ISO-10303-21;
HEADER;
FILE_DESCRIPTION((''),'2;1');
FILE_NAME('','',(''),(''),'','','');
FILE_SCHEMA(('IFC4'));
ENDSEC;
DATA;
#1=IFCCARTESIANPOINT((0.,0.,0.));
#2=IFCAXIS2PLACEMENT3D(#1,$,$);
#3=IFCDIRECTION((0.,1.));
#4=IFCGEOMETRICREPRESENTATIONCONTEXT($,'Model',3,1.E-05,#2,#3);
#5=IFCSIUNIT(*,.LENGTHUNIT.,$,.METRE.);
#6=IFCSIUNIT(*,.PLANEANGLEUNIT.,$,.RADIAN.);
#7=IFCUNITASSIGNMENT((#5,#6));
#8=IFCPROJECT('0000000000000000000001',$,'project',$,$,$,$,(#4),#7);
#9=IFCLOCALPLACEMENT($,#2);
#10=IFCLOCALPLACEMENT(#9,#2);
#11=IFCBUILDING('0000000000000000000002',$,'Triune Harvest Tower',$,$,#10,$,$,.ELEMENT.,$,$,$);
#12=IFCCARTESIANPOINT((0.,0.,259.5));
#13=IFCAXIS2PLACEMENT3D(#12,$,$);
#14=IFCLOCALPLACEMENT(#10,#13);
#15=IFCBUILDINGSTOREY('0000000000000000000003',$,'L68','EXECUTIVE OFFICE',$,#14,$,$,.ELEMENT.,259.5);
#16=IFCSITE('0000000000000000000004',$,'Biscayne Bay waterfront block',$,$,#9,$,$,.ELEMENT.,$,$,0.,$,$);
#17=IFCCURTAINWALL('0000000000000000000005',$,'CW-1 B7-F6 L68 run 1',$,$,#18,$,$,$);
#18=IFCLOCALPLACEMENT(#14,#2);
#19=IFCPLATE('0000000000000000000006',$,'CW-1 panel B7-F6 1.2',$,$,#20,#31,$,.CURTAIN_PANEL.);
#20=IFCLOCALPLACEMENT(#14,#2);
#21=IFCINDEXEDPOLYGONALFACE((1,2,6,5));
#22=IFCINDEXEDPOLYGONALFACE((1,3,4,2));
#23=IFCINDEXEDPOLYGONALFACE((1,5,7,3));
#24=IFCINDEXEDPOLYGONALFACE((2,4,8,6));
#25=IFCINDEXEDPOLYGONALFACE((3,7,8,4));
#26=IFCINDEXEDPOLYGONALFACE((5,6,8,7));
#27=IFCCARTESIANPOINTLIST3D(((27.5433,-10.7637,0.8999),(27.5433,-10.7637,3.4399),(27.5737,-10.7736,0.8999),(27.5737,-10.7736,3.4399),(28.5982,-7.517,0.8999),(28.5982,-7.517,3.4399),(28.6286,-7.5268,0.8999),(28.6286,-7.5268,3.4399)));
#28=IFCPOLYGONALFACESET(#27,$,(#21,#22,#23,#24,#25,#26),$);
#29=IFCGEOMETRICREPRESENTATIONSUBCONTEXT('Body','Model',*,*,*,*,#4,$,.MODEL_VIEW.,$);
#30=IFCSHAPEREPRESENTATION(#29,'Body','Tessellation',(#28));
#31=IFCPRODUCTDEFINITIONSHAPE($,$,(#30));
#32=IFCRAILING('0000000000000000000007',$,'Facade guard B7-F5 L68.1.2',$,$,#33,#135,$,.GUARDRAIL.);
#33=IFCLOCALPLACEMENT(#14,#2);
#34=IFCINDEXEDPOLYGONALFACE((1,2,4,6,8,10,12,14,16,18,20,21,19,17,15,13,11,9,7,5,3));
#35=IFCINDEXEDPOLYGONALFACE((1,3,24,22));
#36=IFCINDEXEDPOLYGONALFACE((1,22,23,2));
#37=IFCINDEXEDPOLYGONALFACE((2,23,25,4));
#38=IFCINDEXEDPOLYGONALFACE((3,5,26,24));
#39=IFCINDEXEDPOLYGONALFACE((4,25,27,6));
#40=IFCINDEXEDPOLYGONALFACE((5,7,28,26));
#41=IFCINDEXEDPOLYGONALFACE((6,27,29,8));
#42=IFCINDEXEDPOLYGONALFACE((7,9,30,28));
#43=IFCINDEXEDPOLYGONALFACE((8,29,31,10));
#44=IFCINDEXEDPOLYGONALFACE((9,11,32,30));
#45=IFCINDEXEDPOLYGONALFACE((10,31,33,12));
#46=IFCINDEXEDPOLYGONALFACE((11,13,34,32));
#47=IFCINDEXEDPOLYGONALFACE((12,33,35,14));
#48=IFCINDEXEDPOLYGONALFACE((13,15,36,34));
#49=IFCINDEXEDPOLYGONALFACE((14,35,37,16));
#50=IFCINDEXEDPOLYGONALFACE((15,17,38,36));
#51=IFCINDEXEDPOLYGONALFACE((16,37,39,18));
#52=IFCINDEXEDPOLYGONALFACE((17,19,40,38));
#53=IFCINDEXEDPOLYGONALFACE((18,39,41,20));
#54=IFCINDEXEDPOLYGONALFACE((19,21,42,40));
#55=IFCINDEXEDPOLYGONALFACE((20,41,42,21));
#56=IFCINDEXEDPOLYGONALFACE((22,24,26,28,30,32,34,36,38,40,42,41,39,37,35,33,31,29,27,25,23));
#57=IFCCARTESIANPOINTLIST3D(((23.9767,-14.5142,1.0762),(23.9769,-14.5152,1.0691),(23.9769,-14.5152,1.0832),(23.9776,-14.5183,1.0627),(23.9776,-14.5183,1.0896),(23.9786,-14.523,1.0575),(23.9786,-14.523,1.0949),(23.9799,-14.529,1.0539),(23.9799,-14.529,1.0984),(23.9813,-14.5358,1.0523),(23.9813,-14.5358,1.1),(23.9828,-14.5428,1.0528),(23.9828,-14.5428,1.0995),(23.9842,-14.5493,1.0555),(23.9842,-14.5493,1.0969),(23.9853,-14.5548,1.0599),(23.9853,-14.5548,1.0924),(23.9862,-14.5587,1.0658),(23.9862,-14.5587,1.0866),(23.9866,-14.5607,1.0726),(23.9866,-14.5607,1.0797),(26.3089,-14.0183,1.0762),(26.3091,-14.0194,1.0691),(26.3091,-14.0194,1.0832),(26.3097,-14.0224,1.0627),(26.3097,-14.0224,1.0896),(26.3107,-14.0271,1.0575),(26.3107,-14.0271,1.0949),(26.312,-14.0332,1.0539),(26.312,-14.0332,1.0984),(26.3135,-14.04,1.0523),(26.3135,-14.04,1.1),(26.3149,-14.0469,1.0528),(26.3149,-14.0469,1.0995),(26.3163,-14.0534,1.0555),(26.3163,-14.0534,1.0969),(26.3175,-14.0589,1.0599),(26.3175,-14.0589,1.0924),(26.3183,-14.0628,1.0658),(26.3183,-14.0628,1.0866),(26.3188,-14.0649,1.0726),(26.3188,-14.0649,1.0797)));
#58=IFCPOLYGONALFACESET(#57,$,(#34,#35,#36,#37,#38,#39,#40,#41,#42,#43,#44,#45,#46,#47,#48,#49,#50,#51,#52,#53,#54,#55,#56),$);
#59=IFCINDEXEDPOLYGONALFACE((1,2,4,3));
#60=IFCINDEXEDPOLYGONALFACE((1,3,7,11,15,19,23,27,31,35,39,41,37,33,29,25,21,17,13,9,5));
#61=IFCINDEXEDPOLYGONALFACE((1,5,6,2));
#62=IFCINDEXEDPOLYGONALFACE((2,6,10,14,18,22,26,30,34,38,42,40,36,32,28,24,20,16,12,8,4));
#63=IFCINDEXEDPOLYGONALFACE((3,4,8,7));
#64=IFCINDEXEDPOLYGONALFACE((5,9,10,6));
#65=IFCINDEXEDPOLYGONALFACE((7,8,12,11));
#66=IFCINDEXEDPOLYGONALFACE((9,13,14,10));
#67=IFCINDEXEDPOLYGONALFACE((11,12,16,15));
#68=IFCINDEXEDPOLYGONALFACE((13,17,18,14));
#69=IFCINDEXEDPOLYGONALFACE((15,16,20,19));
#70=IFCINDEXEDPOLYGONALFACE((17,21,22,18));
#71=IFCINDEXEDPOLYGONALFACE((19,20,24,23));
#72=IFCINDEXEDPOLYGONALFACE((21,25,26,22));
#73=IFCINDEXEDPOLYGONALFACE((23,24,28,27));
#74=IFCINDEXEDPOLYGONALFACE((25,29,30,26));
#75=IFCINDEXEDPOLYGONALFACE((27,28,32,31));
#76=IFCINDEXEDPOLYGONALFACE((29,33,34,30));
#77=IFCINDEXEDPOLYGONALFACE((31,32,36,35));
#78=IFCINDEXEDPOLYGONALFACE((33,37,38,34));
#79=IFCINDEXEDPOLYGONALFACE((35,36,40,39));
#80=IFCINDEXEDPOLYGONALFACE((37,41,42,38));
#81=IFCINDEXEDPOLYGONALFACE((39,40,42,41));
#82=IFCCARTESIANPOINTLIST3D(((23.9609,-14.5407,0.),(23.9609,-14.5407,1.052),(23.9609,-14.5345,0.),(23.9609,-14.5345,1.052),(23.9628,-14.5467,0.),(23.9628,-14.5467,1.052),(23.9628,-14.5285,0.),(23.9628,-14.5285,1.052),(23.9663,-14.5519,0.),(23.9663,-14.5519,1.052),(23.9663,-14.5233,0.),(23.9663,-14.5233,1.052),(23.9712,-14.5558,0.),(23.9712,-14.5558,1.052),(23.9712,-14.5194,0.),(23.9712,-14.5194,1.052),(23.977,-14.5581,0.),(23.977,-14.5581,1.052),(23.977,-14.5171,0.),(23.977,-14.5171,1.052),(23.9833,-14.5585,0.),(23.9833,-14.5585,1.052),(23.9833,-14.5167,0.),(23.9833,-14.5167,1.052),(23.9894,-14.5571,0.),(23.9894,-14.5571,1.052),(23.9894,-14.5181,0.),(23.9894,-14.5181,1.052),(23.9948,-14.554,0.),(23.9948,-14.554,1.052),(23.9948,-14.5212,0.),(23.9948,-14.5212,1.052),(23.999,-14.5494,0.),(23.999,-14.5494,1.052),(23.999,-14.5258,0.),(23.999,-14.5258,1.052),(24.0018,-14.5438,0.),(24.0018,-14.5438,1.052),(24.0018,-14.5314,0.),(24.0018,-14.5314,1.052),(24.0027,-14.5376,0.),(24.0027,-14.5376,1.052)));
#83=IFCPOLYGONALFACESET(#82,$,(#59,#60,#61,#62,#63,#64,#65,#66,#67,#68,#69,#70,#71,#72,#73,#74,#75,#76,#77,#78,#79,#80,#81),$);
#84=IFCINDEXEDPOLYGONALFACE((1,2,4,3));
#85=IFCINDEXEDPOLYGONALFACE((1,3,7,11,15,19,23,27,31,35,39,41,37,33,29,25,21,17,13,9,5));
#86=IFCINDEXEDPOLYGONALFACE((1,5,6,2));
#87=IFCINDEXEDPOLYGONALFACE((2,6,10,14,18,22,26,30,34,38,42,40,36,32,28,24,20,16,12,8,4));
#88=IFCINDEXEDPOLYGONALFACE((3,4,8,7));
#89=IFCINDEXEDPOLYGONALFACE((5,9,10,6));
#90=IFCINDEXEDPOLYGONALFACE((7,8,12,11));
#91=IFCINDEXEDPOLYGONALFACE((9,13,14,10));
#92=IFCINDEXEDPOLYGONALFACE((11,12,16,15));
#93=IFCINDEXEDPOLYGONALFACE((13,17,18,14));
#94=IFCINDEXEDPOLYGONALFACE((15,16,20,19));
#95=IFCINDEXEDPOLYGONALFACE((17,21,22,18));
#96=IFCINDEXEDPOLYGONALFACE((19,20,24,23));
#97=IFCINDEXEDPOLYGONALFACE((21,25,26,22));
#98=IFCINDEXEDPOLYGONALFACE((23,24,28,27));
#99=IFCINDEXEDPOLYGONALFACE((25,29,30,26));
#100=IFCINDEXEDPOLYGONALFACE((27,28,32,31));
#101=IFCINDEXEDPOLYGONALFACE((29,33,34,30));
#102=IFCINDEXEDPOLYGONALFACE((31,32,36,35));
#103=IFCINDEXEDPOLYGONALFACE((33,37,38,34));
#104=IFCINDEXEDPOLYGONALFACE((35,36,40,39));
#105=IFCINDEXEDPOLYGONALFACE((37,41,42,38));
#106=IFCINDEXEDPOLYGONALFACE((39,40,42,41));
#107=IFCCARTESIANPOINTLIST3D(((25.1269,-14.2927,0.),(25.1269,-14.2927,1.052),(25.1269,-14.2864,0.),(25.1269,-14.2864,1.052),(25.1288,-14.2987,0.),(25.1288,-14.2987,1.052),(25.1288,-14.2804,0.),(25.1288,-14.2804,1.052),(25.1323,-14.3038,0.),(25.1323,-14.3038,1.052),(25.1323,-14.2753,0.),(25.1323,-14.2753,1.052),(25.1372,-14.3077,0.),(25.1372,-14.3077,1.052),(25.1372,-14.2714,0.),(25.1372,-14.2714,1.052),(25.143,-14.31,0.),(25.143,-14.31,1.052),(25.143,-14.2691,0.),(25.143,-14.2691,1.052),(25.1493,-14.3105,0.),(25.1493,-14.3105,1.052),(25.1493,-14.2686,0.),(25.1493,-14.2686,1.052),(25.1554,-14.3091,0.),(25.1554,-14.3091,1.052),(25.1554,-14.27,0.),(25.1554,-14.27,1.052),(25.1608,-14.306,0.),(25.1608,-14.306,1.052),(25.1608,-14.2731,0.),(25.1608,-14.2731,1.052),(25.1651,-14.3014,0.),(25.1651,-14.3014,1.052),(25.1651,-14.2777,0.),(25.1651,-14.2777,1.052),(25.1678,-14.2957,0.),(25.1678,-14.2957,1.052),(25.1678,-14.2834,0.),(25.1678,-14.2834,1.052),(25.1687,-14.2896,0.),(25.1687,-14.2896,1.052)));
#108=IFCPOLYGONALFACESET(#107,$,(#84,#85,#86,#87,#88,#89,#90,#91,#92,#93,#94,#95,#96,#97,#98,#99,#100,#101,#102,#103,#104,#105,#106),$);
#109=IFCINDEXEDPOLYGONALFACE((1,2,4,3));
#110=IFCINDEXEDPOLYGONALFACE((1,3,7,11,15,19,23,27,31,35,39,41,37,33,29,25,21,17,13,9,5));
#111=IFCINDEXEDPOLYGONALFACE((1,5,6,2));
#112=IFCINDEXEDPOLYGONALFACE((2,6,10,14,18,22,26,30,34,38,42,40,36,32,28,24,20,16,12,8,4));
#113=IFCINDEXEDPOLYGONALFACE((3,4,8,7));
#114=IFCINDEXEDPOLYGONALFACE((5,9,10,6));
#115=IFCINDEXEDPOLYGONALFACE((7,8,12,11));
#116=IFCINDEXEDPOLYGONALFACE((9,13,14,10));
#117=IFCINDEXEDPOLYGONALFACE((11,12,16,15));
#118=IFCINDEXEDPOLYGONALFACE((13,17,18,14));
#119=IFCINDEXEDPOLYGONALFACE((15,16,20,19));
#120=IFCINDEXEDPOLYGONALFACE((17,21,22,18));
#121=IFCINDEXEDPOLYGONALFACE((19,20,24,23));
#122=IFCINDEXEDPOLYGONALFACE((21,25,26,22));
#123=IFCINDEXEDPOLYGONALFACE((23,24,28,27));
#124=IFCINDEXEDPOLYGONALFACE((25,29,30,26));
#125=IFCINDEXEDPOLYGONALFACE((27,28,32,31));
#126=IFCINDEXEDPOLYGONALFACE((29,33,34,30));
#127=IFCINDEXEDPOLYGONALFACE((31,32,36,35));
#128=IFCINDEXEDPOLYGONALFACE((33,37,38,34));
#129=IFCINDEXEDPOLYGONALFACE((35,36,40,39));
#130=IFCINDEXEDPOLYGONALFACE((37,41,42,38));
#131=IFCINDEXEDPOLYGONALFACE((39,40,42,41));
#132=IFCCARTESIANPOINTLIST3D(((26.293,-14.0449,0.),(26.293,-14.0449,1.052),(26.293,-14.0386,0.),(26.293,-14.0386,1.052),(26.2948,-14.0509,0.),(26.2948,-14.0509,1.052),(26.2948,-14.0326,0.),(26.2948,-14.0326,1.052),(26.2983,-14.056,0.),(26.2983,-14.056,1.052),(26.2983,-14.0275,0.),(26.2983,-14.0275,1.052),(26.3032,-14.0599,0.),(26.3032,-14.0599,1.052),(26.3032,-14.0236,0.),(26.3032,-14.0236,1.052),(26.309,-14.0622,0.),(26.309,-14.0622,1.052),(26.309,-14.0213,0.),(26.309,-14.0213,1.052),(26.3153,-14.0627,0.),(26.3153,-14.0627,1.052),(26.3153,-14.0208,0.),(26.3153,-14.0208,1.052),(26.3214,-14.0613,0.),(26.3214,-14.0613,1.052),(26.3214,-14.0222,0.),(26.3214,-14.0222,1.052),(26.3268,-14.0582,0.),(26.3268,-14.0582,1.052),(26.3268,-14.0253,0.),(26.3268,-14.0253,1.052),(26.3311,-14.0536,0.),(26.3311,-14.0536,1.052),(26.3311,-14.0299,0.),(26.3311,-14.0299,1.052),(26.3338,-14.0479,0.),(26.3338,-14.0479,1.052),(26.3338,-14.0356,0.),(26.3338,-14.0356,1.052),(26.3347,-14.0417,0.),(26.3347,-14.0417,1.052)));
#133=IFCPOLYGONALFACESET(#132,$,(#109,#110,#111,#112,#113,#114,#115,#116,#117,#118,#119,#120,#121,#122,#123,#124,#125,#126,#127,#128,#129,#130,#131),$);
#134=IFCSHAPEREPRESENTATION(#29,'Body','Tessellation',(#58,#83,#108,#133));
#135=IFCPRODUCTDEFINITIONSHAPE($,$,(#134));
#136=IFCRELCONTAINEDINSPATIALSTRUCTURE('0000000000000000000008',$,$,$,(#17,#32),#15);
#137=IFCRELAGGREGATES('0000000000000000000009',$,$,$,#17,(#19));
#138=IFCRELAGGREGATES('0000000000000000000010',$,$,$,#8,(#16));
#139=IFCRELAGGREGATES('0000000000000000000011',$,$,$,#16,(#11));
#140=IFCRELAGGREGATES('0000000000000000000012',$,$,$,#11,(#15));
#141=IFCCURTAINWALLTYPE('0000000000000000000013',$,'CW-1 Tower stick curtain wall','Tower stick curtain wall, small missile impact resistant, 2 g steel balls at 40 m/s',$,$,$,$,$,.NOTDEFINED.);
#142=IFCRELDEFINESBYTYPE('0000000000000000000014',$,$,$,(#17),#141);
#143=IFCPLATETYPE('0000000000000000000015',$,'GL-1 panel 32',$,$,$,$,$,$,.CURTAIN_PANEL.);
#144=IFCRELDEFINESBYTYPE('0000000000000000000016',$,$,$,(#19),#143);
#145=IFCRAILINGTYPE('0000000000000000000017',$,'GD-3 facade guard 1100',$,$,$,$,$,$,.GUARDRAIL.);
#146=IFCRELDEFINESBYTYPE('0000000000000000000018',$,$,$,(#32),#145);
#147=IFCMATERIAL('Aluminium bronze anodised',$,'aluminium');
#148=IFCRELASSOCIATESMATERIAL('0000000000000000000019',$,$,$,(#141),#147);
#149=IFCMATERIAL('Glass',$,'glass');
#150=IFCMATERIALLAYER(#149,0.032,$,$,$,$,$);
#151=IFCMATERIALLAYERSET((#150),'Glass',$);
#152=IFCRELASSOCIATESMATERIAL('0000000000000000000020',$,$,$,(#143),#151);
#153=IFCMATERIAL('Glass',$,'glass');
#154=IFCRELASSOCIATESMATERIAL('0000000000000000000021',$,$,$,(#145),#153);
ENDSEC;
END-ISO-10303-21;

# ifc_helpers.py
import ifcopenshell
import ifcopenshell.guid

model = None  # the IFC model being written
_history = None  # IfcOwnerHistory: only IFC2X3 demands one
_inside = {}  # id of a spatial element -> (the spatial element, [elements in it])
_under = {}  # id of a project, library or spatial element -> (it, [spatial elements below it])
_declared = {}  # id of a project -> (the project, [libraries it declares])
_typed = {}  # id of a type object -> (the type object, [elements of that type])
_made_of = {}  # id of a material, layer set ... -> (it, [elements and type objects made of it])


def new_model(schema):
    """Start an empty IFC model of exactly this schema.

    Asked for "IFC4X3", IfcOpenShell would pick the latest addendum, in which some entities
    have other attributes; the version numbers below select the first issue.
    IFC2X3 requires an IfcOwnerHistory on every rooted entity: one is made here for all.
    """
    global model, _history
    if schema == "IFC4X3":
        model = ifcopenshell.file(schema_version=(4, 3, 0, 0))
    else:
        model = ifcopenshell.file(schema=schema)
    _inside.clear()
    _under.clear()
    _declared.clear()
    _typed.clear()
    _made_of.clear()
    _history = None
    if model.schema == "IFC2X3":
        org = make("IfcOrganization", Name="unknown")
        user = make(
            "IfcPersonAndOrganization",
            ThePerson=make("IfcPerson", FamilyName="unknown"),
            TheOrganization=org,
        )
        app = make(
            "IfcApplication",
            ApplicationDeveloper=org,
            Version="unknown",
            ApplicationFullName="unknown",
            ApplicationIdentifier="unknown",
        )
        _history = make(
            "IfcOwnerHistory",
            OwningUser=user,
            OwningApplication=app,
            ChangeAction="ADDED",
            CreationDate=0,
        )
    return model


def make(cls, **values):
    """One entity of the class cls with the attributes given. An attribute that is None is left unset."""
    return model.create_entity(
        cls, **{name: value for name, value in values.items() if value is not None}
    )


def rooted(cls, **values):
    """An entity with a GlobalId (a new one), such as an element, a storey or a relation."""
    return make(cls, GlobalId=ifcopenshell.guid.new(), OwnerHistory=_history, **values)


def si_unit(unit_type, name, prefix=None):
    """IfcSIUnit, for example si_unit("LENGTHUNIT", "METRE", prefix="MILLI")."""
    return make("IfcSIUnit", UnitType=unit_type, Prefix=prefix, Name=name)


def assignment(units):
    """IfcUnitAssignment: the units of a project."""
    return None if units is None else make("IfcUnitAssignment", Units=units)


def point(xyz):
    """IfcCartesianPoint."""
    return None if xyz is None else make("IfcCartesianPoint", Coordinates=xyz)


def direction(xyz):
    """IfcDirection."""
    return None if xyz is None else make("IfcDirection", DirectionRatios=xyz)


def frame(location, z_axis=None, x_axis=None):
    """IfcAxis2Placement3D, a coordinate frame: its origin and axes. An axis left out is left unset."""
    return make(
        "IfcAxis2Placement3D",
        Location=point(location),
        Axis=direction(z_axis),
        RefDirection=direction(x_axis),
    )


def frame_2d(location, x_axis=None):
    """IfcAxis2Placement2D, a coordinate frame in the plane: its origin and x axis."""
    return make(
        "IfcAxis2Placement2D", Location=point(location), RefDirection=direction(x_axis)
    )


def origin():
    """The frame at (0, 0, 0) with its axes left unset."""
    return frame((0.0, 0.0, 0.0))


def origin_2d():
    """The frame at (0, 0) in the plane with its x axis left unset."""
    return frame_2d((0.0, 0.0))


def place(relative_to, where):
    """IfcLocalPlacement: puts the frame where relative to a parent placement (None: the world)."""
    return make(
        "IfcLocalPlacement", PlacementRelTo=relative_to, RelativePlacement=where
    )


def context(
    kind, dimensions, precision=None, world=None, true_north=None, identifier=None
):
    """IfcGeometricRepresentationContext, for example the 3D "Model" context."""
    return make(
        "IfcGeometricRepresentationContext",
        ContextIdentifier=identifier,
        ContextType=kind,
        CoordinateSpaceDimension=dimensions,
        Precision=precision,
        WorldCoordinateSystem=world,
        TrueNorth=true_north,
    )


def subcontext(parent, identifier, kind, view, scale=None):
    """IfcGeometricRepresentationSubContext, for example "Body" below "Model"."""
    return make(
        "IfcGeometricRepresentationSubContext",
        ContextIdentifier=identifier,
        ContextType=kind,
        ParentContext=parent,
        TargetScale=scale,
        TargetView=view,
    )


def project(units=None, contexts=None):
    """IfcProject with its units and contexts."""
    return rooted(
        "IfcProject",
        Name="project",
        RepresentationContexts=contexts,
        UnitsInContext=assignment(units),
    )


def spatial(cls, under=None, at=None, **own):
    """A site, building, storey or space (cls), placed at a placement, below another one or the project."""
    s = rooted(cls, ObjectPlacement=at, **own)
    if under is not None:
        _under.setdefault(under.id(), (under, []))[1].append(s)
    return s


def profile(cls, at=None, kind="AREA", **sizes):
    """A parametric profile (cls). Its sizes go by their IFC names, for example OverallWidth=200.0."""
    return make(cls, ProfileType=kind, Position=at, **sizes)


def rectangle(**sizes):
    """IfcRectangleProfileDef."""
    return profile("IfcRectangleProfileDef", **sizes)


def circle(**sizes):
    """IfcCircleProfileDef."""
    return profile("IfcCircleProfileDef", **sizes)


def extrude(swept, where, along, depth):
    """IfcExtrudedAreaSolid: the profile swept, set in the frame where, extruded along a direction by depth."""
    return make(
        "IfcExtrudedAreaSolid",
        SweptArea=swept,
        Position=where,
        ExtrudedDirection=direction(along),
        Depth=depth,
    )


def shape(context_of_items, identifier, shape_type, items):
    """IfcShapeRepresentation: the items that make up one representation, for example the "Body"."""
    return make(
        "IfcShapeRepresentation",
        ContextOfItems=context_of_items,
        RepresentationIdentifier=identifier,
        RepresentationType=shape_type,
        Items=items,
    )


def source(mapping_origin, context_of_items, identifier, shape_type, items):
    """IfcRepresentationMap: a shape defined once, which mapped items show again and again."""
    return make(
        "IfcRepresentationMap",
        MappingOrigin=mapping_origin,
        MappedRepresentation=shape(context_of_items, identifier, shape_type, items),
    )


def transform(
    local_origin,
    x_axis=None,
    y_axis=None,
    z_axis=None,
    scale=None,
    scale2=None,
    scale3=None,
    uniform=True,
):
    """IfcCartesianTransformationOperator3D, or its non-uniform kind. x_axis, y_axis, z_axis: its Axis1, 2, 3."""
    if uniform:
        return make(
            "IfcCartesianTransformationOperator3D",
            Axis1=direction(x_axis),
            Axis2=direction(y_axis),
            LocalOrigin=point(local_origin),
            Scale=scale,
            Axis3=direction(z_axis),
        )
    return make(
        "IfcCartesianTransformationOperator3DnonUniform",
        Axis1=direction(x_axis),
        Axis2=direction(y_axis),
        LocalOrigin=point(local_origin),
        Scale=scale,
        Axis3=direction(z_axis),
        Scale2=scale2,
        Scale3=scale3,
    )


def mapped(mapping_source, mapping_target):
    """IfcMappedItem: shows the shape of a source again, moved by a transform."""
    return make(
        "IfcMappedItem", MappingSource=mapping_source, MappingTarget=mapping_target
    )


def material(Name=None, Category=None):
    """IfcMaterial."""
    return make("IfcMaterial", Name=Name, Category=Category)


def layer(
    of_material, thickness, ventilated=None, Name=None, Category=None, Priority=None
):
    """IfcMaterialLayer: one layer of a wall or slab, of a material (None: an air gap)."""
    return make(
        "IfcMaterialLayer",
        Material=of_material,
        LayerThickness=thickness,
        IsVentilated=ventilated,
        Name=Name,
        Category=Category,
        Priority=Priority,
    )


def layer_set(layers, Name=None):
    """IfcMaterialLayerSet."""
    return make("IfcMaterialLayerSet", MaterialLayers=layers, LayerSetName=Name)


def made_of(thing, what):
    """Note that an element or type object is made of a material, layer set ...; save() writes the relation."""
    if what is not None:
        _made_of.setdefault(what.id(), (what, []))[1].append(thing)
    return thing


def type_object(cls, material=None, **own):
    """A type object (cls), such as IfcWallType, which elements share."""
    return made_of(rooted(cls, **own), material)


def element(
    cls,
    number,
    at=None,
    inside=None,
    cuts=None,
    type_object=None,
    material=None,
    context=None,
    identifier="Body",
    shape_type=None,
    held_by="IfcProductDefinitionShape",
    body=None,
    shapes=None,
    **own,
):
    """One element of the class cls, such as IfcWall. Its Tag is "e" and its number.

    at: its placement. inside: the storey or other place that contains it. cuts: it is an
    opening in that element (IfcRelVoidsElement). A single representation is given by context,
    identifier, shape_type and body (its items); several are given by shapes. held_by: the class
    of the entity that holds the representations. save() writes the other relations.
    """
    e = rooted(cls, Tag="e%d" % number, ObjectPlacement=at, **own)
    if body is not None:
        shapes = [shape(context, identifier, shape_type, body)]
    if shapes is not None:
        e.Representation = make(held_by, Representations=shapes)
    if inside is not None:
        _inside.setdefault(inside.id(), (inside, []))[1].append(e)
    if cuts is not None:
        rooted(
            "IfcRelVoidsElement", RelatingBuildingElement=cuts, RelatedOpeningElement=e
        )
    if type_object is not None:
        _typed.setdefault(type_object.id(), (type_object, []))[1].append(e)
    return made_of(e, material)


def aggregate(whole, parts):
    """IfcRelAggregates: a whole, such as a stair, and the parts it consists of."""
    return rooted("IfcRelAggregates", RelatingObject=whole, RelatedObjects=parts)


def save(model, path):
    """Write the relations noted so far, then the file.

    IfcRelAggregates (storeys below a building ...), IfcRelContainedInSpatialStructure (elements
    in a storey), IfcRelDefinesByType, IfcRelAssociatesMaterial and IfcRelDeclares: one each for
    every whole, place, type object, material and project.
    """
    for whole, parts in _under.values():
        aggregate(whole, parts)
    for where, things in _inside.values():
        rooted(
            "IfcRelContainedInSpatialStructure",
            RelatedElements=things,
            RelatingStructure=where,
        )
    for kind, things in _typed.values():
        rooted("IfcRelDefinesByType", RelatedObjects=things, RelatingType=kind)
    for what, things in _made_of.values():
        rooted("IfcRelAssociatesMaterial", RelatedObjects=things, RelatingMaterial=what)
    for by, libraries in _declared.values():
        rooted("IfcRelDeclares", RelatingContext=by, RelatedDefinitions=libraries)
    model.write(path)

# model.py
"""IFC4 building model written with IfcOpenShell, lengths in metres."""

from ifc_helpers import new_model, si_unit, direction, frame, origin, origin_2d, place, context, subcontext, project, spatial, rectangle, circle, extrude, source, transform, mapped, material, layer, layer_set, type_object, element, aggregate, save


model = new_model("IFC4")

# Units and contexts
model_context = context("Model", 3, precision=1e-05, world=origin(), true_north=direction((0.0, 1.0)))
body_context = subcontext(model_context, "Body", "Model", "MODEL_VIEW")
ifc_project = project(units=[si_unit("LENGTHUNIT", "METRE"), si_unit("PLANEANGLEUNIT", "RADIAN")], contexts=[model_context])

# Site, building, storey
site_placement = place(None, origin())
site = spatial("IfcSite", under=ifc_project, at=site_placement, Name="Biscayne Bay waterfront block", CompositionType="ELEMENT", RefElevation=0.0)
building_placement = place(site_placement, origin())
building = spatial("IfcBuilding", under=site, at=building_placement, Name="Triune Harvest Tower", CompositionType="ELEMENT")
storey_placement = place(building_placement, frame((0.0, 0.0, 259.5)))
storey = spatial("IfcBuildingStorey", under=building, at=storey_placement, Name="L68", Description="EXECUTIVE OFFICE", CompositionType="ELEMENT", Elevation=259.5)

# Curtain wall
ifc_material_1 = material(Name="Aluminium bronze anodised", Category="aluminium")
curtain_wall_type_1 = type_object("IfcCurtainWallType", Name="CW-1 Tower stick curtain wall", Description="Tower stick curtain wall, small missile impact resistant, 2 g steel balls at 40 m/s", PredefinedType="NOTDEFINED", material=ifc_material_1)
curtain_wall_1_placement = place(storey_placement, origin())
curtain_wall_1 = element("IfcCurtainWall", 1, at=curtain_wall_1_placement, inside=storey, type_object=curtain_wall_type_1, Name="CW-1 B7-F6 L68 run 1")

# Plate
ifc_material_2 = material(Name="Glass", Category="glass")
ifc_layer_1 = layer(ifc_material_2, 0.032)
ifc_layer_set_1 = layer_set([ifc_layer_1], Name="Glass")
plate_type_1 = type_object("IfcPlateType", Name="GL-1 panel 32", PredefinedType="CURTAIN_PANEL", material=ifc_layer_set_1)
shared_shape_1 = source(origin(), body_context, "Body", "SweptSolid", [
    extrude(rectangle(XDim=3.4138, YDim=0.032, at=origin_2d()), origin(), (0.0, 0.0, 1.0), 2.54),
])
plate_1_placement = place(storey_placement, frame((28.0859, -9.1453, 0.8999), z_axis=(0.0, 0.0, 1.0), x_axis=(0.309019, 0.951056, 0.0)))
plate_1 = element("IfcPlate", 2, at=plate_1_placement, type_object=plate_type_1, Name="CW-1 panel B7-F6 1.2", PredefinedType="CURTAIN_PANEL", context=body_context, shape_type="MappedRepresentation", body=[
    mapped(shared_shape_1, transform((0.0, 0.0, 0.0), scale=1.0)),
])
aggregate(curtain_wall_1, [plate_1])

# Railing
ifc_material_3 = material(Name="Glass", Category="glass")
railing_type = type_object("IfcRailingType", Name="GD-3 facade guard 1100", PredefinedType="GUARDRAIL", material=ifc_material_3)
railing_placement = place(storey_placement, frame((23.9817, -14.5376, 0.0)))
element("IfcRailing", 3, at=railing_placement, inside=storey, type_object=railing_type, Name="Facade guard B7-F5 L68.1.2", PredefinedType="GUARDRAIL", context=body_context, shape_type="SweptSolid", body=[
    extrude(circle(Radius=0.0239, at=origin_2d()), frame((0.0, 0.0, 1.0762), z_axis=(0.978134, 0.207976, 0.0), x_axis=(-0.207976, 0.978134, 0.0)), (0.0, 0.0, 1.0), 2.3843),
    extrude(circle(Radius=0.021, at=origin_2d()), origin(), (0.0, 0.0, 1.0), 1.052),
    extrude(circle(Radius=0.021, at=origin_2d()), frame((1.166, 0.248, 0.0)), (0.0, 0.0, 1.0), 1.052),
    extrude(circle(Radius=0.021, at=origin_2d()), frame((2.332, 0.4958, 0.0)), (0.0, 0.0, 1.0), 1.052),
])

save(model, "model.ifc")
